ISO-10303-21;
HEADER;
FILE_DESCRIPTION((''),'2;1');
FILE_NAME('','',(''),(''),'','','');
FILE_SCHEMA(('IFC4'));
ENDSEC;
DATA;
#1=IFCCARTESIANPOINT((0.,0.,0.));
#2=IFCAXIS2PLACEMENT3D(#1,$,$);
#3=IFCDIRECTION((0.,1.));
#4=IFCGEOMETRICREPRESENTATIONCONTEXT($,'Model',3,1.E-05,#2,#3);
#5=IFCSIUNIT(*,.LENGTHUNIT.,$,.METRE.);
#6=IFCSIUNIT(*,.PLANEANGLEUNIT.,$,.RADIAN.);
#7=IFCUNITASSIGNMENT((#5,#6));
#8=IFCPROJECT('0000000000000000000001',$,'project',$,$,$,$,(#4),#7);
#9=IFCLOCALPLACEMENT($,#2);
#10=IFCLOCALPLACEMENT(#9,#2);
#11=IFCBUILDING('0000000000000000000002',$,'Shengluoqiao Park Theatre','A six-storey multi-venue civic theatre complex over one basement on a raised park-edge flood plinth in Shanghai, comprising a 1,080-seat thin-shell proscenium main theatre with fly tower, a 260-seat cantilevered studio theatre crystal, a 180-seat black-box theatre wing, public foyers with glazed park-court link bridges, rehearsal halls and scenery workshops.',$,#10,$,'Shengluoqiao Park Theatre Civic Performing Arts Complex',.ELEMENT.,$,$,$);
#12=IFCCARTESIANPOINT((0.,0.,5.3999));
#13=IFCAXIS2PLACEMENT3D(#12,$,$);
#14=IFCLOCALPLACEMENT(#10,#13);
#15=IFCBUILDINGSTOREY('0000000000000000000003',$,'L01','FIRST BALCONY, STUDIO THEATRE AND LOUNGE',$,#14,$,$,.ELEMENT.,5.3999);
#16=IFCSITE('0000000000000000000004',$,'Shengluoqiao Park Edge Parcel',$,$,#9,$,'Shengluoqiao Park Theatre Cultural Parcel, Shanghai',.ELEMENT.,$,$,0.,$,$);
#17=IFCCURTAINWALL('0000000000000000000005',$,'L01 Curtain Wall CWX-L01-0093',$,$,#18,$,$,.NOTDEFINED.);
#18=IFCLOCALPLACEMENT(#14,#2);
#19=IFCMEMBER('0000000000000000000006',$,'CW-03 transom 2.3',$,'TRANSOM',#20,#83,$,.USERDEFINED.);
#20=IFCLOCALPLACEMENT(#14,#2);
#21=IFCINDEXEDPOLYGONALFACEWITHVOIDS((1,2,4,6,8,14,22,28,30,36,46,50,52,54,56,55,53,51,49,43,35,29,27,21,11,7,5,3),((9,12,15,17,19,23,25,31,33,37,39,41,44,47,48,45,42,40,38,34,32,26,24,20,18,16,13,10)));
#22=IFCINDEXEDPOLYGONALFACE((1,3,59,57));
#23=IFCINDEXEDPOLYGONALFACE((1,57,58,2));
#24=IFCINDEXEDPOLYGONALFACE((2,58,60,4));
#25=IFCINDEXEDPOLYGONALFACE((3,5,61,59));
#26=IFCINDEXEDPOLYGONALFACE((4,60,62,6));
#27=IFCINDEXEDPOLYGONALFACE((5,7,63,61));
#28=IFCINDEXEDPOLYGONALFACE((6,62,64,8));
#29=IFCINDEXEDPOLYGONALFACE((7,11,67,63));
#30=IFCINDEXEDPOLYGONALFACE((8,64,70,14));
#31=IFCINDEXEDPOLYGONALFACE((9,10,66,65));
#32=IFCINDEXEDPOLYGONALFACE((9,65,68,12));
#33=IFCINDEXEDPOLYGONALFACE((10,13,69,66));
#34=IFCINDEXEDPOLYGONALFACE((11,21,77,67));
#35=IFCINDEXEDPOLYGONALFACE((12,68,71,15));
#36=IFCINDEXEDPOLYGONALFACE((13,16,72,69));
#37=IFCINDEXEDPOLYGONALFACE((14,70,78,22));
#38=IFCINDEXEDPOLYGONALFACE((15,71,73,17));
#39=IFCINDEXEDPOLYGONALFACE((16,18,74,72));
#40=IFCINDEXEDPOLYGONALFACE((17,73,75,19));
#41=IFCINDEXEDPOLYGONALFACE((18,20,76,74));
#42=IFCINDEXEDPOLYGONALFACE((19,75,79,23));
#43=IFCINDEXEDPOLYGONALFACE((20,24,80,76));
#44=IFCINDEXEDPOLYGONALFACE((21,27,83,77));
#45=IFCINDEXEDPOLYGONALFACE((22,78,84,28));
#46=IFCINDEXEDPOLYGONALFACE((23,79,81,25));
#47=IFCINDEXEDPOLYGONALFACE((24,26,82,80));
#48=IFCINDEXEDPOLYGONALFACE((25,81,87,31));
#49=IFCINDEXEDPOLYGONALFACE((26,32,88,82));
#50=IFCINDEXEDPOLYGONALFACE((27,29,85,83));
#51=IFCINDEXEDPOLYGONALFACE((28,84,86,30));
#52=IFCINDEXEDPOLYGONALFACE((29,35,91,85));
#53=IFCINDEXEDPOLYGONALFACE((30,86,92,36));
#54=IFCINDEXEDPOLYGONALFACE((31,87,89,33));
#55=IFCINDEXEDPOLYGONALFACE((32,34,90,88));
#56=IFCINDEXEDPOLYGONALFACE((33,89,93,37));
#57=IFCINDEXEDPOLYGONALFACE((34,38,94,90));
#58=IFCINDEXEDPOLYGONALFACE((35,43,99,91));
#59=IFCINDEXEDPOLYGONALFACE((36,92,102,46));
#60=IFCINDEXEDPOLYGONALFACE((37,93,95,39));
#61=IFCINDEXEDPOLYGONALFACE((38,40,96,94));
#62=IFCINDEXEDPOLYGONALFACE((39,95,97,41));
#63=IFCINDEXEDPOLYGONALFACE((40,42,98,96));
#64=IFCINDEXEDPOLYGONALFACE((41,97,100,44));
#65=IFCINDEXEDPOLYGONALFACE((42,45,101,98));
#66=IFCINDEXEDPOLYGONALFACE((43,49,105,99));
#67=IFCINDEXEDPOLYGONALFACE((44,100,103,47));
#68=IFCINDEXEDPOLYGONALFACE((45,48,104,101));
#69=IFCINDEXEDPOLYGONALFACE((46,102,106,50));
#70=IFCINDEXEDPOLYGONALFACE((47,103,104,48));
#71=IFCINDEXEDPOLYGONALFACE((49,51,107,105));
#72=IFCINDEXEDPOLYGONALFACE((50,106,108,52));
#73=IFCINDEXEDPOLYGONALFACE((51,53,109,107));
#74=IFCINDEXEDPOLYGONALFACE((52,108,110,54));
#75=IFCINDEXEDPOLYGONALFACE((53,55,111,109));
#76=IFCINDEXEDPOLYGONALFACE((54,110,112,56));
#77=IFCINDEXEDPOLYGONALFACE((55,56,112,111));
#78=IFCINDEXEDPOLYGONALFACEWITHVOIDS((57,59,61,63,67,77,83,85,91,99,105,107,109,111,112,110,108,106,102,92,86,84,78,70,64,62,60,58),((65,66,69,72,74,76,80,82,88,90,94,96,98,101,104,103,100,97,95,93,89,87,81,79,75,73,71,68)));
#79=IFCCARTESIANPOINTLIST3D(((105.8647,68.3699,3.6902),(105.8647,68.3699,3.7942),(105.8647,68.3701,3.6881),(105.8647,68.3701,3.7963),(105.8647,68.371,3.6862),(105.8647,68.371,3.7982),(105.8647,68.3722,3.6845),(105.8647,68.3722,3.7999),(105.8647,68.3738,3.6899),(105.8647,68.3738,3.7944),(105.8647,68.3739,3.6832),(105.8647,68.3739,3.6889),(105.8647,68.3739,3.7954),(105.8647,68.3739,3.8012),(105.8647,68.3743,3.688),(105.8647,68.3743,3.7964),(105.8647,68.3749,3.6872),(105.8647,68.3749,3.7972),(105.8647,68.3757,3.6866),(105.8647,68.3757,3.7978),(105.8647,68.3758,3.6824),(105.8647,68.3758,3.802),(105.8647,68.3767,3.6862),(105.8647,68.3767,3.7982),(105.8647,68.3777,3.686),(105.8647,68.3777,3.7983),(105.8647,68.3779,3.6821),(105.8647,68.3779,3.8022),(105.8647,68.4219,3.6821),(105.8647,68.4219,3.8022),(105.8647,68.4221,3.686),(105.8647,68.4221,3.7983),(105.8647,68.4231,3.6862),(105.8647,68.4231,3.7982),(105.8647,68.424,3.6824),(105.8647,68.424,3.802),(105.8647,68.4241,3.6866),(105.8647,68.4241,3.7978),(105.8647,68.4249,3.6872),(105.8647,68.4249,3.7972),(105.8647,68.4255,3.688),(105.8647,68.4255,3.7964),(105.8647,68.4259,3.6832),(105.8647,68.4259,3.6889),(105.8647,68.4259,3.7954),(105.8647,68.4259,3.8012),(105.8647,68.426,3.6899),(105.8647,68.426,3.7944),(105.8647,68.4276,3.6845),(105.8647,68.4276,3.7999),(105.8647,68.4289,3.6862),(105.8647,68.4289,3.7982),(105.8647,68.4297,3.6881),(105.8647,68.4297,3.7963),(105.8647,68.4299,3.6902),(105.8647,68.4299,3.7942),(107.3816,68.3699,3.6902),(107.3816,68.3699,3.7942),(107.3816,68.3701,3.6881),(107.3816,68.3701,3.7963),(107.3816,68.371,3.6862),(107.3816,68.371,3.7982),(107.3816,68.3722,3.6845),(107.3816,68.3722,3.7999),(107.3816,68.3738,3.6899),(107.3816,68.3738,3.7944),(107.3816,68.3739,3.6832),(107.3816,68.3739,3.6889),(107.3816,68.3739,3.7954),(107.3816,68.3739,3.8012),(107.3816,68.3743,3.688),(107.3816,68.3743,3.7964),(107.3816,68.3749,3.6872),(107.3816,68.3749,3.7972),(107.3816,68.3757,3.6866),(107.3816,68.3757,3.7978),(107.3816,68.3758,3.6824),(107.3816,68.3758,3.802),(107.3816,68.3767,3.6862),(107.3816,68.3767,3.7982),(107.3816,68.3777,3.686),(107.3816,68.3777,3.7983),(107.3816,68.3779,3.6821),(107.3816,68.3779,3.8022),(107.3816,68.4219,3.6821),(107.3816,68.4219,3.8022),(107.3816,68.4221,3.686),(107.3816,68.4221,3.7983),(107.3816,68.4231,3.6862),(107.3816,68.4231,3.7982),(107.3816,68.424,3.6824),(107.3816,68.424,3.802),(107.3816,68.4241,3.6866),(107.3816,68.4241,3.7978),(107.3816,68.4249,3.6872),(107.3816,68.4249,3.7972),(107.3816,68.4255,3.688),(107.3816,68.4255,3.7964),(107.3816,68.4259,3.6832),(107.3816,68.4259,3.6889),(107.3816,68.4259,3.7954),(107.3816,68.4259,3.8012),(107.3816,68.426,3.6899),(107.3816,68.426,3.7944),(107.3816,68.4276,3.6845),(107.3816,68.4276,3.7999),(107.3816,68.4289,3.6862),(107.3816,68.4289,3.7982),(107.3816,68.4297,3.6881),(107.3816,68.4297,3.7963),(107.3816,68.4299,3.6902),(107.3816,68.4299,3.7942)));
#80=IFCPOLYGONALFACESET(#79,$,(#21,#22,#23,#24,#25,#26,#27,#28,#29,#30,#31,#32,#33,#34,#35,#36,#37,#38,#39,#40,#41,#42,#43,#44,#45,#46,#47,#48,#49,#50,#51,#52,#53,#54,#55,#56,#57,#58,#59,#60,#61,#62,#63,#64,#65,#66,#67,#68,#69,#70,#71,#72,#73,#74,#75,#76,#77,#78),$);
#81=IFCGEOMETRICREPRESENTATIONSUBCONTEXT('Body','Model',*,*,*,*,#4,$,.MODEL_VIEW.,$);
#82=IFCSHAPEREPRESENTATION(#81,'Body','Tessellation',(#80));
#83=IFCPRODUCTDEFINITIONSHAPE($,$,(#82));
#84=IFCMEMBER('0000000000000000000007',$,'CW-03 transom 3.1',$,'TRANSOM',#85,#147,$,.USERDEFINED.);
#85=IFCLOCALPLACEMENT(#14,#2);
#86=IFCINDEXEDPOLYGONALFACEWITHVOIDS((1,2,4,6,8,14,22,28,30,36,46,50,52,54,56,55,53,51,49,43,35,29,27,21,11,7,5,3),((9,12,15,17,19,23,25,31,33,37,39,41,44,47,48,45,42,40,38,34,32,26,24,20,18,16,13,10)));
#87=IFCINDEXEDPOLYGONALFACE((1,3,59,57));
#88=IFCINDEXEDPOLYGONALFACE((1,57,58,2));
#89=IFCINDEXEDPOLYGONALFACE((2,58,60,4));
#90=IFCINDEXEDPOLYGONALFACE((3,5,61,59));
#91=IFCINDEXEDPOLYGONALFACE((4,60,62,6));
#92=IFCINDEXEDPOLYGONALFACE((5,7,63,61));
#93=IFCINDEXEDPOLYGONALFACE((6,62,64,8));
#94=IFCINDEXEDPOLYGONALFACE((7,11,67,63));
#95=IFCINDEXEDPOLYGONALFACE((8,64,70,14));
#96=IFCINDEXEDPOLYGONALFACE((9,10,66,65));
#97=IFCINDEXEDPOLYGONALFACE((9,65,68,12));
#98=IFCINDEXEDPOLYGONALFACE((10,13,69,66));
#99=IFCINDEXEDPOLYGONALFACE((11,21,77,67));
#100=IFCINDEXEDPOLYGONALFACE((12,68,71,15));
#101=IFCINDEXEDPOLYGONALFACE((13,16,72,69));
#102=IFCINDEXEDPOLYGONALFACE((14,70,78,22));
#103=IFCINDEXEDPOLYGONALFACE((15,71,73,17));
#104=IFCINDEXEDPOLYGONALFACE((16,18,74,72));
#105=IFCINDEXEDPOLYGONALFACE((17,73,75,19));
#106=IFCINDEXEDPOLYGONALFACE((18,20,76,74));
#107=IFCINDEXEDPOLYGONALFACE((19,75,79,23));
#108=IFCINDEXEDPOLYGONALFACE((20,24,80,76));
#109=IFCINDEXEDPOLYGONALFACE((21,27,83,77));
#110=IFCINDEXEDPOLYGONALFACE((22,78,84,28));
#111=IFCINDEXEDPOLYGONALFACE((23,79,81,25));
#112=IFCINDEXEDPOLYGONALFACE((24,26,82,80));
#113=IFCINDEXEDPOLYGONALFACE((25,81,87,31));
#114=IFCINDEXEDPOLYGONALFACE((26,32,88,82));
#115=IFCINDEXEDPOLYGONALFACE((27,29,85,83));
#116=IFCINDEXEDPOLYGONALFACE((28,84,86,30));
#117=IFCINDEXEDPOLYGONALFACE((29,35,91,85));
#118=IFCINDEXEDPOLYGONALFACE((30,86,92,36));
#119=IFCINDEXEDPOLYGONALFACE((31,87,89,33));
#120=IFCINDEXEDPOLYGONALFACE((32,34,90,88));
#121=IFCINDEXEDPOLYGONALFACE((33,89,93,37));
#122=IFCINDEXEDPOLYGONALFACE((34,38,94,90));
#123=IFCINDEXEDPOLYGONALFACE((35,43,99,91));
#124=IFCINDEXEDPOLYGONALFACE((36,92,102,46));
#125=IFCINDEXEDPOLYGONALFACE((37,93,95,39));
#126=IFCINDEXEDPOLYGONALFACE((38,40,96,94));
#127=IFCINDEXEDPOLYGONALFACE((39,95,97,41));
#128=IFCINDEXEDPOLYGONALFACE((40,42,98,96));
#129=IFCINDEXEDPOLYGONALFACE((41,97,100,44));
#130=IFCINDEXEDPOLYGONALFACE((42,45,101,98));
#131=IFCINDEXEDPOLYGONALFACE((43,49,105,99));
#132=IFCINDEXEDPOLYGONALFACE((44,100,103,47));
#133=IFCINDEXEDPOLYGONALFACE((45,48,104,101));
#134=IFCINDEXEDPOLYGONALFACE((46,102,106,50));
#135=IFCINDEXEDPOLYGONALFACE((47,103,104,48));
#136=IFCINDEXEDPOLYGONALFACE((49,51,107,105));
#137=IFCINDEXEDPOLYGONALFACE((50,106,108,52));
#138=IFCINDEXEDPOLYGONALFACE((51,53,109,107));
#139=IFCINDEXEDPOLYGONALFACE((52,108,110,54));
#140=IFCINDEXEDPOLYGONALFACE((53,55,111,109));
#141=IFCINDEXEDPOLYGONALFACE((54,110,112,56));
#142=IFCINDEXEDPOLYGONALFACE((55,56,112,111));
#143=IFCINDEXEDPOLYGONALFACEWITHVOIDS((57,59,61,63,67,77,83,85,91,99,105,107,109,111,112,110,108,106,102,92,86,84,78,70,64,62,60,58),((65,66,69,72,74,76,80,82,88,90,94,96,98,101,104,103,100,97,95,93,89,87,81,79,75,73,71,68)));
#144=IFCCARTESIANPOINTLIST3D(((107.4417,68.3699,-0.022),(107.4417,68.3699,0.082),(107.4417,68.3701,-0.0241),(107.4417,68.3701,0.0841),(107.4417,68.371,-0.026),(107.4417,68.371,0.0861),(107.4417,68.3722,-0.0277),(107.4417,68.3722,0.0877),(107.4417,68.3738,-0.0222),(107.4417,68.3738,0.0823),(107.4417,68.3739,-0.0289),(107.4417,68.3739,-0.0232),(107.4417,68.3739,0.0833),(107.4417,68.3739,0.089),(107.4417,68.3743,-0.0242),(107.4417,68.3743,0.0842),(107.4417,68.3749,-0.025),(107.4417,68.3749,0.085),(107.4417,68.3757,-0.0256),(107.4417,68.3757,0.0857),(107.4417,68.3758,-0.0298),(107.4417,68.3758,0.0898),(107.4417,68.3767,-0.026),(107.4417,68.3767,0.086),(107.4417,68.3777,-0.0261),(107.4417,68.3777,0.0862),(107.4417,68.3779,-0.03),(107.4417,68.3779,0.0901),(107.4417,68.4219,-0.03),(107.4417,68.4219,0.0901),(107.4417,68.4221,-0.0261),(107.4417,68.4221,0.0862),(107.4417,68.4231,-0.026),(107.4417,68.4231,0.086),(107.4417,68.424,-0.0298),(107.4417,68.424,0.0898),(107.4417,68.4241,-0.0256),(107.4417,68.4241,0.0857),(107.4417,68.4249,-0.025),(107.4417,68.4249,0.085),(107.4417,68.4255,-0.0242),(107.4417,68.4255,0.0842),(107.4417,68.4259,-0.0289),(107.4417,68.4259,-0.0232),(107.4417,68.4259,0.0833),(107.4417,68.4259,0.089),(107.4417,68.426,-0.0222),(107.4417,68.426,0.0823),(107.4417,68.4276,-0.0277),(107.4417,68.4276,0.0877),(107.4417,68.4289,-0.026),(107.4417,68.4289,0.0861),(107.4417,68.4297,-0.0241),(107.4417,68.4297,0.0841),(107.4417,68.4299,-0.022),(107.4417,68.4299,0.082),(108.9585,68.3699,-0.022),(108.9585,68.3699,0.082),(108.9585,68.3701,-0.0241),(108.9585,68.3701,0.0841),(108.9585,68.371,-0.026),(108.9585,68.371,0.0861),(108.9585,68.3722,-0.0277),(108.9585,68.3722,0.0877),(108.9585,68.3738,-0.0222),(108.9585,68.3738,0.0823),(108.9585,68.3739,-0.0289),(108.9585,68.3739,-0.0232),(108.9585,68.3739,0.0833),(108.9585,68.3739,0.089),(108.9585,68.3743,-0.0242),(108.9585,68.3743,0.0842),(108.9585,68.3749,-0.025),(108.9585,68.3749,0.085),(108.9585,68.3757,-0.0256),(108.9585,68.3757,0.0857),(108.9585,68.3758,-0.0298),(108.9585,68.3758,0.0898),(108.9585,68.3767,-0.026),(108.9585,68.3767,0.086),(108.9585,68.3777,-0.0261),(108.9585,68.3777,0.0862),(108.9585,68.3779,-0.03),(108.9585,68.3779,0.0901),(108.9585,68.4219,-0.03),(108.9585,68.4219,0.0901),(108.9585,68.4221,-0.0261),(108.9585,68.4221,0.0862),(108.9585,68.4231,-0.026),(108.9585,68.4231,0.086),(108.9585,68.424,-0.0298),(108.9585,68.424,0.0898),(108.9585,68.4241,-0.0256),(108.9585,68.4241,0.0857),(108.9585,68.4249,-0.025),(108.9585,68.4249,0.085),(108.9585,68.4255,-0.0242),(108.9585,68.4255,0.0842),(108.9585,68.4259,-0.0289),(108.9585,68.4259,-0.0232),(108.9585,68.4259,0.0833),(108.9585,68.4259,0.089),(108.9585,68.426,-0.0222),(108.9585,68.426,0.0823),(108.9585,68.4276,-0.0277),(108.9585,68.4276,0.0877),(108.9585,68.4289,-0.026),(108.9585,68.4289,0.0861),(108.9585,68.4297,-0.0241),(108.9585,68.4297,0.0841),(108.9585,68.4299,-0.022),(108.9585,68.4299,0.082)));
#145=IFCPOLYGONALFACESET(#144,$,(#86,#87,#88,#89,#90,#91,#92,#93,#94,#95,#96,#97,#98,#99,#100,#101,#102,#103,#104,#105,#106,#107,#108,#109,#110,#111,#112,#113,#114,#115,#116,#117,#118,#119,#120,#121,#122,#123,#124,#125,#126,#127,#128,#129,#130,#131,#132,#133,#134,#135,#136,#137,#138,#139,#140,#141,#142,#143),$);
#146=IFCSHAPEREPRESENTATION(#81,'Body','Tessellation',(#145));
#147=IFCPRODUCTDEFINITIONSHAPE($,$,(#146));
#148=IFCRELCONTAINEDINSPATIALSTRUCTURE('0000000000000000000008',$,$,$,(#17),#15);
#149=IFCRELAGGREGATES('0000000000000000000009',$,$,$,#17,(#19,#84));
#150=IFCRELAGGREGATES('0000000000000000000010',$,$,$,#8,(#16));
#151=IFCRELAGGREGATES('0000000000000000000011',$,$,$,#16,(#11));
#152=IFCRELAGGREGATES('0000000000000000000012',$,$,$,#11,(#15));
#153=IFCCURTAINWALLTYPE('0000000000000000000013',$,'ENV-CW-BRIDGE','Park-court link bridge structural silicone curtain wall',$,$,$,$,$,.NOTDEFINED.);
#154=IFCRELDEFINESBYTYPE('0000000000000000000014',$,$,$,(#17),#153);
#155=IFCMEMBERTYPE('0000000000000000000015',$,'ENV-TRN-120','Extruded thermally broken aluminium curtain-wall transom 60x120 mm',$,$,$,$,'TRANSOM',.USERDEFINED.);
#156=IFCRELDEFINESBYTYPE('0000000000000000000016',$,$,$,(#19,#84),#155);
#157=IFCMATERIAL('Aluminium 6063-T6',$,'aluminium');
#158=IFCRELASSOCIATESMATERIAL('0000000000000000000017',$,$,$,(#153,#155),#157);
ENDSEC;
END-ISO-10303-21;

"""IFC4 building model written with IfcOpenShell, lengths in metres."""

from ifc_helpers import new_model, si_unit, direction, frame, origin, origin_2d, place, context, subcontext, project, spatial, hollow_rectangle, extrude, material, material_profile, profile_set, type_object, element, aggregate, save


model = new_model("IFC4")

# Units and contexts
model_context = context("Model", 3, precision=1e-05, world=origin(), true_north=direction((0.0, 1.0)))
body_context = subcontext(model_context, "Body", "Model", "MODEL_VIEW")
ifc_project = project(units=[si_unit("LENGTHUNIT", "METRE"), si_unit("PLANEANGLEUNIT", "RADIAN")], contexts=[model_context])

# Site, building, storey
site_placement = place(None, origin())
site = spatial("IfcSite", under=ifc_project, at=site_placement, Name="Shengluoqiao Park Edge Parcel", LongName="Shengluoqiao Park Theatre Cultural Parcel, Shanghai", CompositionType="ELEMENT", RefElevation=0.0)
building_placement = place(site_placement, origin())
building = spatial("IfcBuilding", under=site, at=building_placement, Name="Shengluoqiao Park Theatre", Description="A six-storey multi-venue civic theatre complex over one basement on a raised park-edge flood plinth in Shanghai, comprising a 1,080-seat thin-shell proscenium main theatre with fly tower, a 260-seat cantilevered studio theatre crystal, a 180-seat black-box theatre wing, public foyers with glazed park-court link bridges, rehearsal halls and scenery workshops.", LongName="Shengluoqiao Park Theatre Civic Performing Arts Complex", CompositionType="ELEMENT")
storey_placement = place(building_placement, frame((0.0, 0.0, 5.3999)))
storey = spatial("IfcBuildingStorey", under=building, at=storey_placement, Name="L01", Description="FIRST BALCONY, STUDIO THEATRE AND LOUNGE", CompositionType="ELEMENT", Elevation=5.3999)

# Curtain wall
ifc_material_1 = material(Name="Aluminium 6063-T6", Category="aluminium")
curtain_wall_type = type_object("IfcCurtainWallType", Name="ENV-CW-BRIDGE", Description="Park-court link bridge structural silicone curtain wall", PredefinedType="NOTDEFINED", material=ifc_material_1)
curtain_wall_1_placement = place(storey_placement, origin())
curtain_wall_1 = element("IfcCurtainWall", 1, at=curtain_wall_1_placement, inside=storey, type_object=curtain_wall_type, Name="L01 Curtain Wall CWX-L01-0093", PredefinedType="NOTDEFINED")

# Members
ifc_material_profile_1 = material_profile(ifc_material_1, hollow_rectangle(XDim=0.0601, YDim=0.1201, WallThickness=0.0039, InnerFilletRadius=0.0039, OuterFilletRadius=0.0081, at=origin_2d()), Name="ALU TRANSOM 120x60x4")
ifc_profile_set_1 = profile_set([ifc_material_profile_1], Name="Aluminium 6063-T6")
member_type_1 = type_object("IfcMemberType", Name="ENV-TRN-120", Description="Extruded thermally broken aluminium curtain-wall transom 60x120 mm", ElementType="TRANSOM", PredefinedType="USERDEFINED", material=ifc_profile_set_1)
member_1_placement = place(storey_placement, frame((105.8647, 68.3999, 3.7422), z_axis=(1.0, 0.0, 0.0), x_axis=(0.0, 1.0, 0.0)))
member_1 = element("IfcMember", 2, at=member_1_placement, type_object=member_type_1, Name="CW-03 transom 2.3", ObjectType="TRANSOM", PredefinedType="USERDEFINED", context=body_context, shape_type="SweptSolid", body=[
    extrude(hollow_rectangle(XDim=0.0601, YDim=0.1201, WallThickness=0.0039, InnerFilletRadius=0.0039, OuterFilletRadius=0.0081, at=origin_2d()), origin(), (0.0, 0.0, 1.0), 1.5168),
])
member_2_placement = place(storey_placement, frame((107.4417, 68.3999, 0.03), z_axis=(1.0, 0.0, 0.0), x_axis=(0.0, 1.0, 0.0)))
member_2 = element("IfcMember", 3, at=member_2_placement, type_object=member_type_1, Name="CW-03 transom 3.1", ObjectType="TRANSOM", PredefinedType="USERDEFINED", context=body_context, shape_type="SweptSolid", body=[
    extrude(hollow_rectangle(XDim=0.0601, YDim=0.1201, WallThickness=0.0039, InnerFilletRadius=0.0039, OuterFilletRadius=0.0081, at=origin_2d()), origin(), (0.0, 0.0, 1.0), 1.5168),
])

aggregate(curtain_wall_1, [member_1, member_2])

save(model, "model.ifc")
